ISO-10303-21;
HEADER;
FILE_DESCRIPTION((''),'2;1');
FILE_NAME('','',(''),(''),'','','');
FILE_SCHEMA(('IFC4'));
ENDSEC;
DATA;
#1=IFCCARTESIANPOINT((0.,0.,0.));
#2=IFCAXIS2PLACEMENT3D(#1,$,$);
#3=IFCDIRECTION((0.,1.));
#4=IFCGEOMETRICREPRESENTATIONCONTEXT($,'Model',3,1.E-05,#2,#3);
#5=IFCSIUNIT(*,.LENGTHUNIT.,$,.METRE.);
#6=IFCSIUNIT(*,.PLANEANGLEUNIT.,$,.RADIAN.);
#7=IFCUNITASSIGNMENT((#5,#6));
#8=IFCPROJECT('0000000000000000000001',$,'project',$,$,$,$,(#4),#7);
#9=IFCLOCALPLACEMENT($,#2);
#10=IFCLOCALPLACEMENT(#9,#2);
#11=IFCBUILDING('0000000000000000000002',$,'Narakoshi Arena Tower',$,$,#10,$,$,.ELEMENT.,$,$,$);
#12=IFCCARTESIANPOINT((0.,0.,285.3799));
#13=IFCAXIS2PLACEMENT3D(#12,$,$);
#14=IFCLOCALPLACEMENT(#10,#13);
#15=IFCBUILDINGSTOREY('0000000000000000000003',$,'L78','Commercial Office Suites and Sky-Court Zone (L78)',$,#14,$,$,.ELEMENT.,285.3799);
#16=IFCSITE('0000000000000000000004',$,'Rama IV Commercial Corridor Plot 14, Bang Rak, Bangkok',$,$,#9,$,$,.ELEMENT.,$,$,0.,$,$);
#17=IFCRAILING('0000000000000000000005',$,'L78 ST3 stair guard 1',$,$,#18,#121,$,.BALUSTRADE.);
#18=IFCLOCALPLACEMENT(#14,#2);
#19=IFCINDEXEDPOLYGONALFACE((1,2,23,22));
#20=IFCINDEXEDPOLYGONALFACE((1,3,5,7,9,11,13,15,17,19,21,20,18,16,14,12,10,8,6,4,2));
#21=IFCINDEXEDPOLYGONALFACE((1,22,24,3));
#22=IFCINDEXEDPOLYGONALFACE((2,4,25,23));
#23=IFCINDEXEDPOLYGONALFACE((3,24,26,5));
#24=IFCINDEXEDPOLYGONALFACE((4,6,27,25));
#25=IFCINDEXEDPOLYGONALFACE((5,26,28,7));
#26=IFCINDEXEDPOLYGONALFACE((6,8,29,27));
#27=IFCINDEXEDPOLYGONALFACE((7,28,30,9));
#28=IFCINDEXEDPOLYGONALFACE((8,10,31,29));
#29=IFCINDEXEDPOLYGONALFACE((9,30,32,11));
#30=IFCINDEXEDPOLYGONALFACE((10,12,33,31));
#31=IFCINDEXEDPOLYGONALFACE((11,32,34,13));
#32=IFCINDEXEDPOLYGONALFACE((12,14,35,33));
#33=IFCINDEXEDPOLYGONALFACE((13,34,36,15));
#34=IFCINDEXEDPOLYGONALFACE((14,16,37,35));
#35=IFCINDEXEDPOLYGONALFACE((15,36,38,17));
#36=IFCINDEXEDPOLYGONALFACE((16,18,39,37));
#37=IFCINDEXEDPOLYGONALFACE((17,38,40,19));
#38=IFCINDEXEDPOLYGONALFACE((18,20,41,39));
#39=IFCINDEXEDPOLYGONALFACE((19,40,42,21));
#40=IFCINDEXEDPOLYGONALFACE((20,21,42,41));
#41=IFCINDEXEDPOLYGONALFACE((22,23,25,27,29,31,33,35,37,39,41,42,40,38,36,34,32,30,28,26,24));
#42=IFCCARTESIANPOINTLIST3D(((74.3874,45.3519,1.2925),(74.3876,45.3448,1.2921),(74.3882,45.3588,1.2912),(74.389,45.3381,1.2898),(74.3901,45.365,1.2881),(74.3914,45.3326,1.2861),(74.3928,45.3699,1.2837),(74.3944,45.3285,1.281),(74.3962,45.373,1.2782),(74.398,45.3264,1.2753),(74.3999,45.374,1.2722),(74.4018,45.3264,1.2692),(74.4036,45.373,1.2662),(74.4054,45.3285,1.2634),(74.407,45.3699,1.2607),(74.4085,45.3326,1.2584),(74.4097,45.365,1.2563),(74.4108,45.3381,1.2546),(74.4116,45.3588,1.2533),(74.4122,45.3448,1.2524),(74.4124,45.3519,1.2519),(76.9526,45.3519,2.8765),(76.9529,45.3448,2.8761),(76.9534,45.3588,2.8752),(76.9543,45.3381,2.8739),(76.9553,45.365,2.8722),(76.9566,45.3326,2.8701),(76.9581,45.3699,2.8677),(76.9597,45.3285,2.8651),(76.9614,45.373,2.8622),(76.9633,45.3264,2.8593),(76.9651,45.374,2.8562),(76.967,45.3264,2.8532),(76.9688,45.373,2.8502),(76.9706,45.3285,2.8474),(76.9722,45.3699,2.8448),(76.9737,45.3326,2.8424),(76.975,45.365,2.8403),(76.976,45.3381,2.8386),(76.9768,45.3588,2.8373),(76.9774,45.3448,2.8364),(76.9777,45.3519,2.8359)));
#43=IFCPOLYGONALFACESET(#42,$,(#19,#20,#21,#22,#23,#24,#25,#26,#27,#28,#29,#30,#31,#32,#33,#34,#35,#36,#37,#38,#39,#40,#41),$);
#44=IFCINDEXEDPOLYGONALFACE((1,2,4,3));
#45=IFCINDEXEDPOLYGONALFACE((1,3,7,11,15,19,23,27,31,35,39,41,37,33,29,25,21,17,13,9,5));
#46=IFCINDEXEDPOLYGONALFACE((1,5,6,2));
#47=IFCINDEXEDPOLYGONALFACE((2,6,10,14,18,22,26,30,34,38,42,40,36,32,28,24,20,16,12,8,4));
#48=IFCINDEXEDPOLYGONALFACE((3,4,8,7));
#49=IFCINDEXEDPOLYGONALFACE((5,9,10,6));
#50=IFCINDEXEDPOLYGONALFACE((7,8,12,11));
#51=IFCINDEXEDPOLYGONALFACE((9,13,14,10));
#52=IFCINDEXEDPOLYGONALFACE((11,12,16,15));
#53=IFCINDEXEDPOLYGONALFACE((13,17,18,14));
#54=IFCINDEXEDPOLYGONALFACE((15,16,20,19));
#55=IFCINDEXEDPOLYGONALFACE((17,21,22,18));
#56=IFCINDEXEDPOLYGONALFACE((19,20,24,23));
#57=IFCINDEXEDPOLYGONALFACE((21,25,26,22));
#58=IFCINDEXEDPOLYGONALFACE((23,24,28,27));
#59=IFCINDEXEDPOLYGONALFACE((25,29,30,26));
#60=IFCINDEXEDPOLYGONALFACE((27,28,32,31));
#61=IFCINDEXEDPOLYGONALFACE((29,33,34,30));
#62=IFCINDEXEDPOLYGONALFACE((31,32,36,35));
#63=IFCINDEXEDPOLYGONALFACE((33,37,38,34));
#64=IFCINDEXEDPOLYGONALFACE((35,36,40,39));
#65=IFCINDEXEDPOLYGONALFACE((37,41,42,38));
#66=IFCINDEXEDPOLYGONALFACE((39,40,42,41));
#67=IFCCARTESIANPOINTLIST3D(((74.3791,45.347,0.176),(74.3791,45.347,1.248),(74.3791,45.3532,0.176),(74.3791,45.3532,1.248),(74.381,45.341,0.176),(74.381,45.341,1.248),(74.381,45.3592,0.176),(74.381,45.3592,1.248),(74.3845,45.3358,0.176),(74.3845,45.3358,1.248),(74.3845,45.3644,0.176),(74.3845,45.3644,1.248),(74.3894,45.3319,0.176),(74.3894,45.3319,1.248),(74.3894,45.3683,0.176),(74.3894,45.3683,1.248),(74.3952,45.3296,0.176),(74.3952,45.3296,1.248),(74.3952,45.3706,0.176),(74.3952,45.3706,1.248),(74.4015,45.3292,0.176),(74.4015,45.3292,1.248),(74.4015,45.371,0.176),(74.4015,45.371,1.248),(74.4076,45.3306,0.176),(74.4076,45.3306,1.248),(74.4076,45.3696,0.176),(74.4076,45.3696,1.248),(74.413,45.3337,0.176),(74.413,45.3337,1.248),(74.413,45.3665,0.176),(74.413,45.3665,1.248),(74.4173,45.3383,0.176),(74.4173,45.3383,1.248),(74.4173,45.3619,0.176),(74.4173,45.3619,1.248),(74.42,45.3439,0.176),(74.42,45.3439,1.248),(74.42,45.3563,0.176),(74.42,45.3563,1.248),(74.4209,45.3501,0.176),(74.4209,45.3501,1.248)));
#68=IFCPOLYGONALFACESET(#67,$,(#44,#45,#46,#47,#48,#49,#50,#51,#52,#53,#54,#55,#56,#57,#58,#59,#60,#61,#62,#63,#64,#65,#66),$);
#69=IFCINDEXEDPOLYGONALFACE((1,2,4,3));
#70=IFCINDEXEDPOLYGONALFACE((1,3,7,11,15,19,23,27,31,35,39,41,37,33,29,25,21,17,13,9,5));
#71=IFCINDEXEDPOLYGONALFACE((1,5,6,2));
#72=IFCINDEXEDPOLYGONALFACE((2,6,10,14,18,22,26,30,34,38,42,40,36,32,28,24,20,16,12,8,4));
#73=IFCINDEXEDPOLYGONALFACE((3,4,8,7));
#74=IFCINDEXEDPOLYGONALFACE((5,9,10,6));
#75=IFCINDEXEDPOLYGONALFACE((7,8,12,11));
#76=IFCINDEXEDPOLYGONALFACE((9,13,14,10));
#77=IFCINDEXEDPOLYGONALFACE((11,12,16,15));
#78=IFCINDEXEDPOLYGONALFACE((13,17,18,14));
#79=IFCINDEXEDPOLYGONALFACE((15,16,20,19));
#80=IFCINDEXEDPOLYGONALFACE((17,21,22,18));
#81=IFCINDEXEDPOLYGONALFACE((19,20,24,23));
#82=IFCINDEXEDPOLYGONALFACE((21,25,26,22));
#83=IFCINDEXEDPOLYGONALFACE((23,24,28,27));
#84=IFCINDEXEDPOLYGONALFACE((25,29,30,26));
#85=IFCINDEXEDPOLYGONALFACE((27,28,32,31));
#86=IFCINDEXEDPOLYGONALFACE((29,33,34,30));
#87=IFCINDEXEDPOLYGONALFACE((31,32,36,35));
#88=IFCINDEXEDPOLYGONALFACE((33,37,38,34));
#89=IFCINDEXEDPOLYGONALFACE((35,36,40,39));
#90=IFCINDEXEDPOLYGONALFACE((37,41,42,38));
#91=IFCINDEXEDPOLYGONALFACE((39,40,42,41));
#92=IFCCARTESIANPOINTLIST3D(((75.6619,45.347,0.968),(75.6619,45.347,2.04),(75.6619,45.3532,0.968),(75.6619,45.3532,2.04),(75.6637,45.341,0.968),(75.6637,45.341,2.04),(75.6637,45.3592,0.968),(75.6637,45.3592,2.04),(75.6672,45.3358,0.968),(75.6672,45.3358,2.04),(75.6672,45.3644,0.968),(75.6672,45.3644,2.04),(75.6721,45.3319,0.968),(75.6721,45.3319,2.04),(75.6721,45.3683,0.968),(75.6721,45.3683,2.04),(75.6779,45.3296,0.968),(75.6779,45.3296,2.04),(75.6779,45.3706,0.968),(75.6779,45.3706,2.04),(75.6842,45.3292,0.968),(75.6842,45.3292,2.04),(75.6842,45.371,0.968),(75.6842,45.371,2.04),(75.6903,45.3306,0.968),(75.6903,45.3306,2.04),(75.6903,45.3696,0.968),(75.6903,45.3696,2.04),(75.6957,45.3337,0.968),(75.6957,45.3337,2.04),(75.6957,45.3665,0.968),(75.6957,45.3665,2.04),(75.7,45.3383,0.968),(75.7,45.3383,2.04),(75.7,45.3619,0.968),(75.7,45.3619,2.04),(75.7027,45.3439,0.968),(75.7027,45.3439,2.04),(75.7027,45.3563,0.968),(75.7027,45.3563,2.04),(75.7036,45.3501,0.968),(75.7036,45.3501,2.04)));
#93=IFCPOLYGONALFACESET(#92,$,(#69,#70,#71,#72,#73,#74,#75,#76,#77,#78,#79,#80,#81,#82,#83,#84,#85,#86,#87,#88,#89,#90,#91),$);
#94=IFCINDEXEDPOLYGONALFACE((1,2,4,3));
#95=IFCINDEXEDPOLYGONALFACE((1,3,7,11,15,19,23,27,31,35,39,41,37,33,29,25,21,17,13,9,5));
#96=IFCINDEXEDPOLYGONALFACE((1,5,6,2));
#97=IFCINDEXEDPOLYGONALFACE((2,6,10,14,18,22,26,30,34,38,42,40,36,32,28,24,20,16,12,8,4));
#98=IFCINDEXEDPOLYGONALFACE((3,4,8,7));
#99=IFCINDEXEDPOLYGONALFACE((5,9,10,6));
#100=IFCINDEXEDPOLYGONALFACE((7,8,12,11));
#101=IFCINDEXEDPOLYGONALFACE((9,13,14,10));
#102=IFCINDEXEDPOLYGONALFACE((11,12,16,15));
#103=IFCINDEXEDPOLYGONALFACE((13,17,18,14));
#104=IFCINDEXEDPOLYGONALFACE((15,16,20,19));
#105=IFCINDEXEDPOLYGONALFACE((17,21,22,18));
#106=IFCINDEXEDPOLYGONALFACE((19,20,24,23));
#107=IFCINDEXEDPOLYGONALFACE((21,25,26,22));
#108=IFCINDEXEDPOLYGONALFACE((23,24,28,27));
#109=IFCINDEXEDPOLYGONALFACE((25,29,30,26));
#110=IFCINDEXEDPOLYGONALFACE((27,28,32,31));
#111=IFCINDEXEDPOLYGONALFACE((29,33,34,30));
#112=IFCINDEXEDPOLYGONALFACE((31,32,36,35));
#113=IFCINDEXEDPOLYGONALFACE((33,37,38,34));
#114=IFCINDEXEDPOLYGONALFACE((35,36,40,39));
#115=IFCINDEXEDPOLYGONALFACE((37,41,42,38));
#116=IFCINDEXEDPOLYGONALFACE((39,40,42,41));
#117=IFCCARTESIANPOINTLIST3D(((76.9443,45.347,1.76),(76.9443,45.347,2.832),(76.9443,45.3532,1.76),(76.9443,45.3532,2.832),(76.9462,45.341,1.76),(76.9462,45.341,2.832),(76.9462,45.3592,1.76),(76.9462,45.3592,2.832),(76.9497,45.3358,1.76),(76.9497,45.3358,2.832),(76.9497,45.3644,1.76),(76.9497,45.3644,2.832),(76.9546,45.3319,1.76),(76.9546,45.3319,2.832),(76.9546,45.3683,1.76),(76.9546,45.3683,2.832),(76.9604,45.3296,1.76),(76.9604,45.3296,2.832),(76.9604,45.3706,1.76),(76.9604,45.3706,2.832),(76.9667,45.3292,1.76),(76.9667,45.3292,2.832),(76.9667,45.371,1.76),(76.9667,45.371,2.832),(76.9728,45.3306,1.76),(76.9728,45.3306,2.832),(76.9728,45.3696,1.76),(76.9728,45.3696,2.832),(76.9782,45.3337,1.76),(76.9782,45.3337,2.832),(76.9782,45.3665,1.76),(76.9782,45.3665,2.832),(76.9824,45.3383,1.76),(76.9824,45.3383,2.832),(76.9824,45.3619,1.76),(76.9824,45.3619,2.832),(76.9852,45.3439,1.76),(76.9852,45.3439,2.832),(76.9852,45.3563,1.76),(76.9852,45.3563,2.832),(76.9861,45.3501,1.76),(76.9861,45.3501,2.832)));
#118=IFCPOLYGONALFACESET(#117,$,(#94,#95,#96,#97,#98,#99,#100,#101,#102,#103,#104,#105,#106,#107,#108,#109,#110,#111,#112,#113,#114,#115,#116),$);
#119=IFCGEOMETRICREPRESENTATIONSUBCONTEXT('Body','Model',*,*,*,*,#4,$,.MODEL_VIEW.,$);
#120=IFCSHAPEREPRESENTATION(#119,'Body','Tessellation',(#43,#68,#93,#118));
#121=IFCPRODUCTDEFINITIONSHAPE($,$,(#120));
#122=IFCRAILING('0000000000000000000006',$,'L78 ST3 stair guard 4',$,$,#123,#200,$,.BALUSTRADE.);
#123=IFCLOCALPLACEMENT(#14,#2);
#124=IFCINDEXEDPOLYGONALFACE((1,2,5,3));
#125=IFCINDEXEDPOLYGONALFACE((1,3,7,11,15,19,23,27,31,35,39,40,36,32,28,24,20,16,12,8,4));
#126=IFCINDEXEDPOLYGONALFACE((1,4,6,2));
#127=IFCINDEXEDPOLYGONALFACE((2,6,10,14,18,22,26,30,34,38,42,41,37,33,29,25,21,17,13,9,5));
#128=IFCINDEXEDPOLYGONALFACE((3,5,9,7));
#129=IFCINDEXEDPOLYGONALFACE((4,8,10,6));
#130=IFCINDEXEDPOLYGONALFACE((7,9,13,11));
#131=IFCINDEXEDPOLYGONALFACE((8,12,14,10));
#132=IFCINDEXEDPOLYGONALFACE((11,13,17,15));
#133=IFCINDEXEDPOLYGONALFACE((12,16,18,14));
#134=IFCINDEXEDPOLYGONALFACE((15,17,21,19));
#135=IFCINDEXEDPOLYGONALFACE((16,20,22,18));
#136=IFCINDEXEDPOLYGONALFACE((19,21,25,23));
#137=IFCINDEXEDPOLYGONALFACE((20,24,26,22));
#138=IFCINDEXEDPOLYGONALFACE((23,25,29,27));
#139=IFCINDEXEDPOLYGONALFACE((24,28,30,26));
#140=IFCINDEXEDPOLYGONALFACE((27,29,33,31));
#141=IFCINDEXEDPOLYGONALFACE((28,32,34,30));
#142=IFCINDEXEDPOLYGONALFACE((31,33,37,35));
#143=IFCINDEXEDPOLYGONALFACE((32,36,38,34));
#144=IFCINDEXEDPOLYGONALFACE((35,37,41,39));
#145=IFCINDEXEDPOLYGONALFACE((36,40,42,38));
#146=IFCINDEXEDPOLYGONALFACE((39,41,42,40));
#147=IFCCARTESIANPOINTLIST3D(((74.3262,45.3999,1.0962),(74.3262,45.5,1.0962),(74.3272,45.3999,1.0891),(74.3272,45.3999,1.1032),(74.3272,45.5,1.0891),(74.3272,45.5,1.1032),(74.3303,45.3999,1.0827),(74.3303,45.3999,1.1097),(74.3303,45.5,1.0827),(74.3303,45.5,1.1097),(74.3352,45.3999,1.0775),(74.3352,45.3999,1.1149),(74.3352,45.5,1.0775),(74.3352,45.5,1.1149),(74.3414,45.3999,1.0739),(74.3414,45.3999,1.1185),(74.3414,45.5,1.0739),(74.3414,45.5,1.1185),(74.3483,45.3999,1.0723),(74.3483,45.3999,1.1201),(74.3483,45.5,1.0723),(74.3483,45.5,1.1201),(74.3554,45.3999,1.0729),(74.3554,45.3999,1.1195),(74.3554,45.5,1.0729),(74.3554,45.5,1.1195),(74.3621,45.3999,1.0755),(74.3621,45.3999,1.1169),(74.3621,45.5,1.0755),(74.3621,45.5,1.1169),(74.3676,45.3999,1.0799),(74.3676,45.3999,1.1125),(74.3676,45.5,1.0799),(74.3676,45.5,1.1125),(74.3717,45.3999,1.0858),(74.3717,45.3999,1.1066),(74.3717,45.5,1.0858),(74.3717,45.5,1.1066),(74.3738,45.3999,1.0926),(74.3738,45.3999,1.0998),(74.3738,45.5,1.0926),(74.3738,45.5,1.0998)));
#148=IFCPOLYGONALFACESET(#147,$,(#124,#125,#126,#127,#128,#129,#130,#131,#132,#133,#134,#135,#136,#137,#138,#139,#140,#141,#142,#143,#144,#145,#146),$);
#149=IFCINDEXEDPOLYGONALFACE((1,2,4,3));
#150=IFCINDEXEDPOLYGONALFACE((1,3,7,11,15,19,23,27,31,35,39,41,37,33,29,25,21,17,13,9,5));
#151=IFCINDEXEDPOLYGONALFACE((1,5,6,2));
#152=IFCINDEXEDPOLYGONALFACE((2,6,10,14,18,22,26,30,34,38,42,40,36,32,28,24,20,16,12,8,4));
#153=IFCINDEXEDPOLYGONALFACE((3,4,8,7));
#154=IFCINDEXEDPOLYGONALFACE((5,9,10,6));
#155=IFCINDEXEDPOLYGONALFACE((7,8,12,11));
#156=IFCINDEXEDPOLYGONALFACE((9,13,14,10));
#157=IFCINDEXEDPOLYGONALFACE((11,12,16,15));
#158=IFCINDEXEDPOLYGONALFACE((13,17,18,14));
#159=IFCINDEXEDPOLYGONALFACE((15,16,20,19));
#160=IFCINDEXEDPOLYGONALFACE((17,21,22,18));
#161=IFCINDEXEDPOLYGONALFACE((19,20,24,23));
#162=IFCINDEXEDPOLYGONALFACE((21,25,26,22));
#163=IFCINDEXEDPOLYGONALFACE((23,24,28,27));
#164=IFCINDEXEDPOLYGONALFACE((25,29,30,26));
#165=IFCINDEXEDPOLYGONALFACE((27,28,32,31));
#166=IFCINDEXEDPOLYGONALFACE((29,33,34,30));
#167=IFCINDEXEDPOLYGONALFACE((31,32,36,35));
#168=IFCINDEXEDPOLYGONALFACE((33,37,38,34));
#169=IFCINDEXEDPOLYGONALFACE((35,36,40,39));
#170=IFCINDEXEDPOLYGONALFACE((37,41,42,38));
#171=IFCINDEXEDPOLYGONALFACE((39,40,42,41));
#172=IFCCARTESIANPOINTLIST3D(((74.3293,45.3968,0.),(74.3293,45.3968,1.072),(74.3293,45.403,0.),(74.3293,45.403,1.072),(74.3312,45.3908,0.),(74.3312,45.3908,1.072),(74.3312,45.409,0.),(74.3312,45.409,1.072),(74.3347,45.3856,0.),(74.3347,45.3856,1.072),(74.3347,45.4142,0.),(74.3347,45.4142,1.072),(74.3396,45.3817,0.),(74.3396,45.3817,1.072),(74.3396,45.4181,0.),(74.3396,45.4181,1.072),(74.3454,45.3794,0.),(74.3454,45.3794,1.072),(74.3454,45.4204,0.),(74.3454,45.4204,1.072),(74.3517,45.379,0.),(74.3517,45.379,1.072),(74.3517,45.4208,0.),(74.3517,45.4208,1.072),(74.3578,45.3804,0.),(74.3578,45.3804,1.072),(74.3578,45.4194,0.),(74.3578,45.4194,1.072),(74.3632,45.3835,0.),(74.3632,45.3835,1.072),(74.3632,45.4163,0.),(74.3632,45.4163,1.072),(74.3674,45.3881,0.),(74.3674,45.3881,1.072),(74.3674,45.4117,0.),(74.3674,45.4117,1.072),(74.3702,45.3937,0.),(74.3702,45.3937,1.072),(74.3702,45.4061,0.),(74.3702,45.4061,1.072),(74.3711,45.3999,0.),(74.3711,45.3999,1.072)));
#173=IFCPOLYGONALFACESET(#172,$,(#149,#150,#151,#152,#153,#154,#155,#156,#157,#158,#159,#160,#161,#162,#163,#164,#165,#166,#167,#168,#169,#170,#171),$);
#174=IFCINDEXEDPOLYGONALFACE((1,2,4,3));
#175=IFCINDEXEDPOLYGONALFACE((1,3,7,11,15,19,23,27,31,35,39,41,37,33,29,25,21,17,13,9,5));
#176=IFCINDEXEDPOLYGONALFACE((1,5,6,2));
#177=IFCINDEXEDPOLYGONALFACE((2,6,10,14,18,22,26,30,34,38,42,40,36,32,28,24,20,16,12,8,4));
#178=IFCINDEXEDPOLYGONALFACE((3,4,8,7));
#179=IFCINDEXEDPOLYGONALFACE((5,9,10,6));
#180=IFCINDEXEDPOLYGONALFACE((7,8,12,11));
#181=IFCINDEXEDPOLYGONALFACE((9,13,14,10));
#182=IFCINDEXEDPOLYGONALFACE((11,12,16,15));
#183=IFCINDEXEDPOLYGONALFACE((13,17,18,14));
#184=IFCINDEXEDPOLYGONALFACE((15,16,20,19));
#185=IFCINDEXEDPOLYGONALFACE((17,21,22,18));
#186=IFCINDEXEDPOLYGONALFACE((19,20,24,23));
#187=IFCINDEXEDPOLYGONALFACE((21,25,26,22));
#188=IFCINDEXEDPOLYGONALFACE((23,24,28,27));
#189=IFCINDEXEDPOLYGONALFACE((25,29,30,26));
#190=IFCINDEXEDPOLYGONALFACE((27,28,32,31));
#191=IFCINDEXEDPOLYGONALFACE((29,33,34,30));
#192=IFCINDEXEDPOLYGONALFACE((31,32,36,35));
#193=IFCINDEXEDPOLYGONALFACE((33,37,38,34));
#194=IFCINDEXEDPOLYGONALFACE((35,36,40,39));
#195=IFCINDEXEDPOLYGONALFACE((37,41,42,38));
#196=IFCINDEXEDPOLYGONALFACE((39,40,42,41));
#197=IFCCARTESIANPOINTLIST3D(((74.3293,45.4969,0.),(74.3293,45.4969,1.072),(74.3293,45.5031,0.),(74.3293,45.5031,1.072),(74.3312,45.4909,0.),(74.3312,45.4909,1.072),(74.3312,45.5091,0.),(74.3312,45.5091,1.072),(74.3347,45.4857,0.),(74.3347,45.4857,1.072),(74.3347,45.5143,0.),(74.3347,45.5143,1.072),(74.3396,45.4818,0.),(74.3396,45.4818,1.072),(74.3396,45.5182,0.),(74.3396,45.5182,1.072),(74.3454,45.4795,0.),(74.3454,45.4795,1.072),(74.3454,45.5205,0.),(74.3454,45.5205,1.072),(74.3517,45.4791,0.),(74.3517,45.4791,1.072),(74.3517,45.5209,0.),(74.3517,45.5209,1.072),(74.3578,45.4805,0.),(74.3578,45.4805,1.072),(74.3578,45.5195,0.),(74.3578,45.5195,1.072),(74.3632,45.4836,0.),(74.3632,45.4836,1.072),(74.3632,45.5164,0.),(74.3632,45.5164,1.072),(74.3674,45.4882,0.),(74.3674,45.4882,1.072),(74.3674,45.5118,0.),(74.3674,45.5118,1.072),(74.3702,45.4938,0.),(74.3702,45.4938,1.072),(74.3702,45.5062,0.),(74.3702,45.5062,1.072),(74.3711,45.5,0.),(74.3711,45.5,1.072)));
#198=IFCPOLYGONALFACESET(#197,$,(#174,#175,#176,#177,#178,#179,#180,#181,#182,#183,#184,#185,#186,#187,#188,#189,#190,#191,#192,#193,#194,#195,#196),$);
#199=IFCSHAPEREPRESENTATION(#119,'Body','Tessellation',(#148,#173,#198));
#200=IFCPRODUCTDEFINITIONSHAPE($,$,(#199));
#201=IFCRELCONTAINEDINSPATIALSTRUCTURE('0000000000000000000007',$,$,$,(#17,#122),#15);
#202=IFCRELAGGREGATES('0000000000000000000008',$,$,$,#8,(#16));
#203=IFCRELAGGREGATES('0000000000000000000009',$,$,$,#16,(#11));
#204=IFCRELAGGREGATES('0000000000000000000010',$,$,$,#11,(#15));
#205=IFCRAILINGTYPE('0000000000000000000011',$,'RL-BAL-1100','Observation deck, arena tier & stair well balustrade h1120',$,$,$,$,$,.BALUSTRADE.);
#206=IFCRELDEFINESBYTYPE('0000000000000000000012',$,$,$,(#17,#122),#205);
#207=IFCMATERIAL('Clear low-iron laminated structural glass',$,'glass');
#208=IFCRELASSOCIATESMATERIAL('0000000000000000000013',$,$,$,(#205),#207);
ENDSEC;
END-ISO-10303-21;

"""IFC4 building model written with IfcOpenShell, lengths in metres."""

from ifc_helpers import new_model, si_unit, direction, frame, origin, origin_2d, place, context, subcontext, project, spatial, circle, extrude, material, type_object, element, save


model = new_model("IFC4")

# Units and contexts
model_context = context("Model", 3, precision=1e-05, world=origin(), true_north=direction((0.0, 1.0)))
body_context = subcontext(model_context, "Body", "Model", "MODEL_VIEW")
ifc_project = project(units=[si_unit("LENGTHUNIT", "METRE"), si_unit("PLANEANGLEUNIT", "RADIAN")], contexts=[model_context])

# Site, building, storey
site_placement = place(None, origin())
site = spatial("IfcSite", under=ifc_project, at=site_placement, Name="Rama IV Commercial Corridor Plot 14, Bang Rak, Bangkok", CompositionType="ELEMENT", RefElevation=0.0)
building_placement = place(site_placement, origin())
building = spatial("IfcBuilding", under=site, at=building_placement, Name="Narakoshi Arena Tower", CompositionType="ELEMENT")
storey_placement = place(building_placement, frame((0.0, 0.0, 285.3799)))
storey = spatial("IfcBuildingStorey", under=building, at=storey_placement, Name="L78", Description="Commercial Office Suites and Sky-Court Zone (L78)", CompositionType="ELEMENT", Elevation=285.3799)

# Railings
ifc_material_1 = material(Name="Clear low-iron laminated structural glass", Category="glass")
railing_type_1 = type_object("IfcRailingType", Name="RL-BAL-1100", Description="Observation deck, arena tier & stair well balustrade h1120", PredefinedType="BALUSTRADE", material=ifc_material_1)
railing_1_placement = place(storey_placement, frame((74.3999, 45.3501, 0.176)))
element("IfcRailing", 1, at=railing_1_placement, inside=storey, type_object=railing_type_1, Name="L78 ST3 stair guard 1", PredefinedType="BALUSTRADE", context=body_context, shape_type="SweptSolid", body=[
    extrude(circle(Radius=0.0239, at=origin_2d()), frame((0.0, 0.0, 1.0962), z_axis=(0.850857, 0.0, 0.525398), x_axis=(0.0, 1.0, 0.0)), (0.0, 0.0, 1.0), 3.0149),
    extrude(circle(Radius=0.021, at=origin_2d()), origin(), (0.0, 0.0, 1.0), 1.072),
    extrude(circle(Radius=0.021, at=origin_2d()), frame((1.2827, 0.0, 0.792)), (0.0, 0.0, 1.0), 1.072),
    extrude(circle(Radius=0.021, at=origin_2d()), frame((2.5652, 0.0, 1.584)), (0.0, 0.0, 1.0), 1.072),
])
railing_2_placement = place(storey_placement, frame((74.3501, 45.3999, 0.0)))
element("IfcRailing", 2, at=railing_2_placement, inside=storey, type_object=railing_type_1, Name="L78 ST3 stair guard 4", PredefinedType="BALUSTRADE", context=body_context, shape_type="SweptSolid", body=[
    extrude(circle(Radius=0.0239, at=origin_2d()), frame((0.0, 0.0, 1.0962), z_axis=(0.0, 1.0, 0.0), x_axis=(-1.0, 0.0, 0.0)), (0.0, 0.0, 1.0), 0.1001),
    extrude(circle(Radius=0.021, at=origin_2d()), origin(), (0.0, 0.0, 1.0), 1.072),
    extrude(circle(Radius=0.021, at=origin_2d()), frame((0.0, 0.1001, 0.0)), (0.0, 0.0, 1.0), 1.072),
])

save(model, "model.ifc")
